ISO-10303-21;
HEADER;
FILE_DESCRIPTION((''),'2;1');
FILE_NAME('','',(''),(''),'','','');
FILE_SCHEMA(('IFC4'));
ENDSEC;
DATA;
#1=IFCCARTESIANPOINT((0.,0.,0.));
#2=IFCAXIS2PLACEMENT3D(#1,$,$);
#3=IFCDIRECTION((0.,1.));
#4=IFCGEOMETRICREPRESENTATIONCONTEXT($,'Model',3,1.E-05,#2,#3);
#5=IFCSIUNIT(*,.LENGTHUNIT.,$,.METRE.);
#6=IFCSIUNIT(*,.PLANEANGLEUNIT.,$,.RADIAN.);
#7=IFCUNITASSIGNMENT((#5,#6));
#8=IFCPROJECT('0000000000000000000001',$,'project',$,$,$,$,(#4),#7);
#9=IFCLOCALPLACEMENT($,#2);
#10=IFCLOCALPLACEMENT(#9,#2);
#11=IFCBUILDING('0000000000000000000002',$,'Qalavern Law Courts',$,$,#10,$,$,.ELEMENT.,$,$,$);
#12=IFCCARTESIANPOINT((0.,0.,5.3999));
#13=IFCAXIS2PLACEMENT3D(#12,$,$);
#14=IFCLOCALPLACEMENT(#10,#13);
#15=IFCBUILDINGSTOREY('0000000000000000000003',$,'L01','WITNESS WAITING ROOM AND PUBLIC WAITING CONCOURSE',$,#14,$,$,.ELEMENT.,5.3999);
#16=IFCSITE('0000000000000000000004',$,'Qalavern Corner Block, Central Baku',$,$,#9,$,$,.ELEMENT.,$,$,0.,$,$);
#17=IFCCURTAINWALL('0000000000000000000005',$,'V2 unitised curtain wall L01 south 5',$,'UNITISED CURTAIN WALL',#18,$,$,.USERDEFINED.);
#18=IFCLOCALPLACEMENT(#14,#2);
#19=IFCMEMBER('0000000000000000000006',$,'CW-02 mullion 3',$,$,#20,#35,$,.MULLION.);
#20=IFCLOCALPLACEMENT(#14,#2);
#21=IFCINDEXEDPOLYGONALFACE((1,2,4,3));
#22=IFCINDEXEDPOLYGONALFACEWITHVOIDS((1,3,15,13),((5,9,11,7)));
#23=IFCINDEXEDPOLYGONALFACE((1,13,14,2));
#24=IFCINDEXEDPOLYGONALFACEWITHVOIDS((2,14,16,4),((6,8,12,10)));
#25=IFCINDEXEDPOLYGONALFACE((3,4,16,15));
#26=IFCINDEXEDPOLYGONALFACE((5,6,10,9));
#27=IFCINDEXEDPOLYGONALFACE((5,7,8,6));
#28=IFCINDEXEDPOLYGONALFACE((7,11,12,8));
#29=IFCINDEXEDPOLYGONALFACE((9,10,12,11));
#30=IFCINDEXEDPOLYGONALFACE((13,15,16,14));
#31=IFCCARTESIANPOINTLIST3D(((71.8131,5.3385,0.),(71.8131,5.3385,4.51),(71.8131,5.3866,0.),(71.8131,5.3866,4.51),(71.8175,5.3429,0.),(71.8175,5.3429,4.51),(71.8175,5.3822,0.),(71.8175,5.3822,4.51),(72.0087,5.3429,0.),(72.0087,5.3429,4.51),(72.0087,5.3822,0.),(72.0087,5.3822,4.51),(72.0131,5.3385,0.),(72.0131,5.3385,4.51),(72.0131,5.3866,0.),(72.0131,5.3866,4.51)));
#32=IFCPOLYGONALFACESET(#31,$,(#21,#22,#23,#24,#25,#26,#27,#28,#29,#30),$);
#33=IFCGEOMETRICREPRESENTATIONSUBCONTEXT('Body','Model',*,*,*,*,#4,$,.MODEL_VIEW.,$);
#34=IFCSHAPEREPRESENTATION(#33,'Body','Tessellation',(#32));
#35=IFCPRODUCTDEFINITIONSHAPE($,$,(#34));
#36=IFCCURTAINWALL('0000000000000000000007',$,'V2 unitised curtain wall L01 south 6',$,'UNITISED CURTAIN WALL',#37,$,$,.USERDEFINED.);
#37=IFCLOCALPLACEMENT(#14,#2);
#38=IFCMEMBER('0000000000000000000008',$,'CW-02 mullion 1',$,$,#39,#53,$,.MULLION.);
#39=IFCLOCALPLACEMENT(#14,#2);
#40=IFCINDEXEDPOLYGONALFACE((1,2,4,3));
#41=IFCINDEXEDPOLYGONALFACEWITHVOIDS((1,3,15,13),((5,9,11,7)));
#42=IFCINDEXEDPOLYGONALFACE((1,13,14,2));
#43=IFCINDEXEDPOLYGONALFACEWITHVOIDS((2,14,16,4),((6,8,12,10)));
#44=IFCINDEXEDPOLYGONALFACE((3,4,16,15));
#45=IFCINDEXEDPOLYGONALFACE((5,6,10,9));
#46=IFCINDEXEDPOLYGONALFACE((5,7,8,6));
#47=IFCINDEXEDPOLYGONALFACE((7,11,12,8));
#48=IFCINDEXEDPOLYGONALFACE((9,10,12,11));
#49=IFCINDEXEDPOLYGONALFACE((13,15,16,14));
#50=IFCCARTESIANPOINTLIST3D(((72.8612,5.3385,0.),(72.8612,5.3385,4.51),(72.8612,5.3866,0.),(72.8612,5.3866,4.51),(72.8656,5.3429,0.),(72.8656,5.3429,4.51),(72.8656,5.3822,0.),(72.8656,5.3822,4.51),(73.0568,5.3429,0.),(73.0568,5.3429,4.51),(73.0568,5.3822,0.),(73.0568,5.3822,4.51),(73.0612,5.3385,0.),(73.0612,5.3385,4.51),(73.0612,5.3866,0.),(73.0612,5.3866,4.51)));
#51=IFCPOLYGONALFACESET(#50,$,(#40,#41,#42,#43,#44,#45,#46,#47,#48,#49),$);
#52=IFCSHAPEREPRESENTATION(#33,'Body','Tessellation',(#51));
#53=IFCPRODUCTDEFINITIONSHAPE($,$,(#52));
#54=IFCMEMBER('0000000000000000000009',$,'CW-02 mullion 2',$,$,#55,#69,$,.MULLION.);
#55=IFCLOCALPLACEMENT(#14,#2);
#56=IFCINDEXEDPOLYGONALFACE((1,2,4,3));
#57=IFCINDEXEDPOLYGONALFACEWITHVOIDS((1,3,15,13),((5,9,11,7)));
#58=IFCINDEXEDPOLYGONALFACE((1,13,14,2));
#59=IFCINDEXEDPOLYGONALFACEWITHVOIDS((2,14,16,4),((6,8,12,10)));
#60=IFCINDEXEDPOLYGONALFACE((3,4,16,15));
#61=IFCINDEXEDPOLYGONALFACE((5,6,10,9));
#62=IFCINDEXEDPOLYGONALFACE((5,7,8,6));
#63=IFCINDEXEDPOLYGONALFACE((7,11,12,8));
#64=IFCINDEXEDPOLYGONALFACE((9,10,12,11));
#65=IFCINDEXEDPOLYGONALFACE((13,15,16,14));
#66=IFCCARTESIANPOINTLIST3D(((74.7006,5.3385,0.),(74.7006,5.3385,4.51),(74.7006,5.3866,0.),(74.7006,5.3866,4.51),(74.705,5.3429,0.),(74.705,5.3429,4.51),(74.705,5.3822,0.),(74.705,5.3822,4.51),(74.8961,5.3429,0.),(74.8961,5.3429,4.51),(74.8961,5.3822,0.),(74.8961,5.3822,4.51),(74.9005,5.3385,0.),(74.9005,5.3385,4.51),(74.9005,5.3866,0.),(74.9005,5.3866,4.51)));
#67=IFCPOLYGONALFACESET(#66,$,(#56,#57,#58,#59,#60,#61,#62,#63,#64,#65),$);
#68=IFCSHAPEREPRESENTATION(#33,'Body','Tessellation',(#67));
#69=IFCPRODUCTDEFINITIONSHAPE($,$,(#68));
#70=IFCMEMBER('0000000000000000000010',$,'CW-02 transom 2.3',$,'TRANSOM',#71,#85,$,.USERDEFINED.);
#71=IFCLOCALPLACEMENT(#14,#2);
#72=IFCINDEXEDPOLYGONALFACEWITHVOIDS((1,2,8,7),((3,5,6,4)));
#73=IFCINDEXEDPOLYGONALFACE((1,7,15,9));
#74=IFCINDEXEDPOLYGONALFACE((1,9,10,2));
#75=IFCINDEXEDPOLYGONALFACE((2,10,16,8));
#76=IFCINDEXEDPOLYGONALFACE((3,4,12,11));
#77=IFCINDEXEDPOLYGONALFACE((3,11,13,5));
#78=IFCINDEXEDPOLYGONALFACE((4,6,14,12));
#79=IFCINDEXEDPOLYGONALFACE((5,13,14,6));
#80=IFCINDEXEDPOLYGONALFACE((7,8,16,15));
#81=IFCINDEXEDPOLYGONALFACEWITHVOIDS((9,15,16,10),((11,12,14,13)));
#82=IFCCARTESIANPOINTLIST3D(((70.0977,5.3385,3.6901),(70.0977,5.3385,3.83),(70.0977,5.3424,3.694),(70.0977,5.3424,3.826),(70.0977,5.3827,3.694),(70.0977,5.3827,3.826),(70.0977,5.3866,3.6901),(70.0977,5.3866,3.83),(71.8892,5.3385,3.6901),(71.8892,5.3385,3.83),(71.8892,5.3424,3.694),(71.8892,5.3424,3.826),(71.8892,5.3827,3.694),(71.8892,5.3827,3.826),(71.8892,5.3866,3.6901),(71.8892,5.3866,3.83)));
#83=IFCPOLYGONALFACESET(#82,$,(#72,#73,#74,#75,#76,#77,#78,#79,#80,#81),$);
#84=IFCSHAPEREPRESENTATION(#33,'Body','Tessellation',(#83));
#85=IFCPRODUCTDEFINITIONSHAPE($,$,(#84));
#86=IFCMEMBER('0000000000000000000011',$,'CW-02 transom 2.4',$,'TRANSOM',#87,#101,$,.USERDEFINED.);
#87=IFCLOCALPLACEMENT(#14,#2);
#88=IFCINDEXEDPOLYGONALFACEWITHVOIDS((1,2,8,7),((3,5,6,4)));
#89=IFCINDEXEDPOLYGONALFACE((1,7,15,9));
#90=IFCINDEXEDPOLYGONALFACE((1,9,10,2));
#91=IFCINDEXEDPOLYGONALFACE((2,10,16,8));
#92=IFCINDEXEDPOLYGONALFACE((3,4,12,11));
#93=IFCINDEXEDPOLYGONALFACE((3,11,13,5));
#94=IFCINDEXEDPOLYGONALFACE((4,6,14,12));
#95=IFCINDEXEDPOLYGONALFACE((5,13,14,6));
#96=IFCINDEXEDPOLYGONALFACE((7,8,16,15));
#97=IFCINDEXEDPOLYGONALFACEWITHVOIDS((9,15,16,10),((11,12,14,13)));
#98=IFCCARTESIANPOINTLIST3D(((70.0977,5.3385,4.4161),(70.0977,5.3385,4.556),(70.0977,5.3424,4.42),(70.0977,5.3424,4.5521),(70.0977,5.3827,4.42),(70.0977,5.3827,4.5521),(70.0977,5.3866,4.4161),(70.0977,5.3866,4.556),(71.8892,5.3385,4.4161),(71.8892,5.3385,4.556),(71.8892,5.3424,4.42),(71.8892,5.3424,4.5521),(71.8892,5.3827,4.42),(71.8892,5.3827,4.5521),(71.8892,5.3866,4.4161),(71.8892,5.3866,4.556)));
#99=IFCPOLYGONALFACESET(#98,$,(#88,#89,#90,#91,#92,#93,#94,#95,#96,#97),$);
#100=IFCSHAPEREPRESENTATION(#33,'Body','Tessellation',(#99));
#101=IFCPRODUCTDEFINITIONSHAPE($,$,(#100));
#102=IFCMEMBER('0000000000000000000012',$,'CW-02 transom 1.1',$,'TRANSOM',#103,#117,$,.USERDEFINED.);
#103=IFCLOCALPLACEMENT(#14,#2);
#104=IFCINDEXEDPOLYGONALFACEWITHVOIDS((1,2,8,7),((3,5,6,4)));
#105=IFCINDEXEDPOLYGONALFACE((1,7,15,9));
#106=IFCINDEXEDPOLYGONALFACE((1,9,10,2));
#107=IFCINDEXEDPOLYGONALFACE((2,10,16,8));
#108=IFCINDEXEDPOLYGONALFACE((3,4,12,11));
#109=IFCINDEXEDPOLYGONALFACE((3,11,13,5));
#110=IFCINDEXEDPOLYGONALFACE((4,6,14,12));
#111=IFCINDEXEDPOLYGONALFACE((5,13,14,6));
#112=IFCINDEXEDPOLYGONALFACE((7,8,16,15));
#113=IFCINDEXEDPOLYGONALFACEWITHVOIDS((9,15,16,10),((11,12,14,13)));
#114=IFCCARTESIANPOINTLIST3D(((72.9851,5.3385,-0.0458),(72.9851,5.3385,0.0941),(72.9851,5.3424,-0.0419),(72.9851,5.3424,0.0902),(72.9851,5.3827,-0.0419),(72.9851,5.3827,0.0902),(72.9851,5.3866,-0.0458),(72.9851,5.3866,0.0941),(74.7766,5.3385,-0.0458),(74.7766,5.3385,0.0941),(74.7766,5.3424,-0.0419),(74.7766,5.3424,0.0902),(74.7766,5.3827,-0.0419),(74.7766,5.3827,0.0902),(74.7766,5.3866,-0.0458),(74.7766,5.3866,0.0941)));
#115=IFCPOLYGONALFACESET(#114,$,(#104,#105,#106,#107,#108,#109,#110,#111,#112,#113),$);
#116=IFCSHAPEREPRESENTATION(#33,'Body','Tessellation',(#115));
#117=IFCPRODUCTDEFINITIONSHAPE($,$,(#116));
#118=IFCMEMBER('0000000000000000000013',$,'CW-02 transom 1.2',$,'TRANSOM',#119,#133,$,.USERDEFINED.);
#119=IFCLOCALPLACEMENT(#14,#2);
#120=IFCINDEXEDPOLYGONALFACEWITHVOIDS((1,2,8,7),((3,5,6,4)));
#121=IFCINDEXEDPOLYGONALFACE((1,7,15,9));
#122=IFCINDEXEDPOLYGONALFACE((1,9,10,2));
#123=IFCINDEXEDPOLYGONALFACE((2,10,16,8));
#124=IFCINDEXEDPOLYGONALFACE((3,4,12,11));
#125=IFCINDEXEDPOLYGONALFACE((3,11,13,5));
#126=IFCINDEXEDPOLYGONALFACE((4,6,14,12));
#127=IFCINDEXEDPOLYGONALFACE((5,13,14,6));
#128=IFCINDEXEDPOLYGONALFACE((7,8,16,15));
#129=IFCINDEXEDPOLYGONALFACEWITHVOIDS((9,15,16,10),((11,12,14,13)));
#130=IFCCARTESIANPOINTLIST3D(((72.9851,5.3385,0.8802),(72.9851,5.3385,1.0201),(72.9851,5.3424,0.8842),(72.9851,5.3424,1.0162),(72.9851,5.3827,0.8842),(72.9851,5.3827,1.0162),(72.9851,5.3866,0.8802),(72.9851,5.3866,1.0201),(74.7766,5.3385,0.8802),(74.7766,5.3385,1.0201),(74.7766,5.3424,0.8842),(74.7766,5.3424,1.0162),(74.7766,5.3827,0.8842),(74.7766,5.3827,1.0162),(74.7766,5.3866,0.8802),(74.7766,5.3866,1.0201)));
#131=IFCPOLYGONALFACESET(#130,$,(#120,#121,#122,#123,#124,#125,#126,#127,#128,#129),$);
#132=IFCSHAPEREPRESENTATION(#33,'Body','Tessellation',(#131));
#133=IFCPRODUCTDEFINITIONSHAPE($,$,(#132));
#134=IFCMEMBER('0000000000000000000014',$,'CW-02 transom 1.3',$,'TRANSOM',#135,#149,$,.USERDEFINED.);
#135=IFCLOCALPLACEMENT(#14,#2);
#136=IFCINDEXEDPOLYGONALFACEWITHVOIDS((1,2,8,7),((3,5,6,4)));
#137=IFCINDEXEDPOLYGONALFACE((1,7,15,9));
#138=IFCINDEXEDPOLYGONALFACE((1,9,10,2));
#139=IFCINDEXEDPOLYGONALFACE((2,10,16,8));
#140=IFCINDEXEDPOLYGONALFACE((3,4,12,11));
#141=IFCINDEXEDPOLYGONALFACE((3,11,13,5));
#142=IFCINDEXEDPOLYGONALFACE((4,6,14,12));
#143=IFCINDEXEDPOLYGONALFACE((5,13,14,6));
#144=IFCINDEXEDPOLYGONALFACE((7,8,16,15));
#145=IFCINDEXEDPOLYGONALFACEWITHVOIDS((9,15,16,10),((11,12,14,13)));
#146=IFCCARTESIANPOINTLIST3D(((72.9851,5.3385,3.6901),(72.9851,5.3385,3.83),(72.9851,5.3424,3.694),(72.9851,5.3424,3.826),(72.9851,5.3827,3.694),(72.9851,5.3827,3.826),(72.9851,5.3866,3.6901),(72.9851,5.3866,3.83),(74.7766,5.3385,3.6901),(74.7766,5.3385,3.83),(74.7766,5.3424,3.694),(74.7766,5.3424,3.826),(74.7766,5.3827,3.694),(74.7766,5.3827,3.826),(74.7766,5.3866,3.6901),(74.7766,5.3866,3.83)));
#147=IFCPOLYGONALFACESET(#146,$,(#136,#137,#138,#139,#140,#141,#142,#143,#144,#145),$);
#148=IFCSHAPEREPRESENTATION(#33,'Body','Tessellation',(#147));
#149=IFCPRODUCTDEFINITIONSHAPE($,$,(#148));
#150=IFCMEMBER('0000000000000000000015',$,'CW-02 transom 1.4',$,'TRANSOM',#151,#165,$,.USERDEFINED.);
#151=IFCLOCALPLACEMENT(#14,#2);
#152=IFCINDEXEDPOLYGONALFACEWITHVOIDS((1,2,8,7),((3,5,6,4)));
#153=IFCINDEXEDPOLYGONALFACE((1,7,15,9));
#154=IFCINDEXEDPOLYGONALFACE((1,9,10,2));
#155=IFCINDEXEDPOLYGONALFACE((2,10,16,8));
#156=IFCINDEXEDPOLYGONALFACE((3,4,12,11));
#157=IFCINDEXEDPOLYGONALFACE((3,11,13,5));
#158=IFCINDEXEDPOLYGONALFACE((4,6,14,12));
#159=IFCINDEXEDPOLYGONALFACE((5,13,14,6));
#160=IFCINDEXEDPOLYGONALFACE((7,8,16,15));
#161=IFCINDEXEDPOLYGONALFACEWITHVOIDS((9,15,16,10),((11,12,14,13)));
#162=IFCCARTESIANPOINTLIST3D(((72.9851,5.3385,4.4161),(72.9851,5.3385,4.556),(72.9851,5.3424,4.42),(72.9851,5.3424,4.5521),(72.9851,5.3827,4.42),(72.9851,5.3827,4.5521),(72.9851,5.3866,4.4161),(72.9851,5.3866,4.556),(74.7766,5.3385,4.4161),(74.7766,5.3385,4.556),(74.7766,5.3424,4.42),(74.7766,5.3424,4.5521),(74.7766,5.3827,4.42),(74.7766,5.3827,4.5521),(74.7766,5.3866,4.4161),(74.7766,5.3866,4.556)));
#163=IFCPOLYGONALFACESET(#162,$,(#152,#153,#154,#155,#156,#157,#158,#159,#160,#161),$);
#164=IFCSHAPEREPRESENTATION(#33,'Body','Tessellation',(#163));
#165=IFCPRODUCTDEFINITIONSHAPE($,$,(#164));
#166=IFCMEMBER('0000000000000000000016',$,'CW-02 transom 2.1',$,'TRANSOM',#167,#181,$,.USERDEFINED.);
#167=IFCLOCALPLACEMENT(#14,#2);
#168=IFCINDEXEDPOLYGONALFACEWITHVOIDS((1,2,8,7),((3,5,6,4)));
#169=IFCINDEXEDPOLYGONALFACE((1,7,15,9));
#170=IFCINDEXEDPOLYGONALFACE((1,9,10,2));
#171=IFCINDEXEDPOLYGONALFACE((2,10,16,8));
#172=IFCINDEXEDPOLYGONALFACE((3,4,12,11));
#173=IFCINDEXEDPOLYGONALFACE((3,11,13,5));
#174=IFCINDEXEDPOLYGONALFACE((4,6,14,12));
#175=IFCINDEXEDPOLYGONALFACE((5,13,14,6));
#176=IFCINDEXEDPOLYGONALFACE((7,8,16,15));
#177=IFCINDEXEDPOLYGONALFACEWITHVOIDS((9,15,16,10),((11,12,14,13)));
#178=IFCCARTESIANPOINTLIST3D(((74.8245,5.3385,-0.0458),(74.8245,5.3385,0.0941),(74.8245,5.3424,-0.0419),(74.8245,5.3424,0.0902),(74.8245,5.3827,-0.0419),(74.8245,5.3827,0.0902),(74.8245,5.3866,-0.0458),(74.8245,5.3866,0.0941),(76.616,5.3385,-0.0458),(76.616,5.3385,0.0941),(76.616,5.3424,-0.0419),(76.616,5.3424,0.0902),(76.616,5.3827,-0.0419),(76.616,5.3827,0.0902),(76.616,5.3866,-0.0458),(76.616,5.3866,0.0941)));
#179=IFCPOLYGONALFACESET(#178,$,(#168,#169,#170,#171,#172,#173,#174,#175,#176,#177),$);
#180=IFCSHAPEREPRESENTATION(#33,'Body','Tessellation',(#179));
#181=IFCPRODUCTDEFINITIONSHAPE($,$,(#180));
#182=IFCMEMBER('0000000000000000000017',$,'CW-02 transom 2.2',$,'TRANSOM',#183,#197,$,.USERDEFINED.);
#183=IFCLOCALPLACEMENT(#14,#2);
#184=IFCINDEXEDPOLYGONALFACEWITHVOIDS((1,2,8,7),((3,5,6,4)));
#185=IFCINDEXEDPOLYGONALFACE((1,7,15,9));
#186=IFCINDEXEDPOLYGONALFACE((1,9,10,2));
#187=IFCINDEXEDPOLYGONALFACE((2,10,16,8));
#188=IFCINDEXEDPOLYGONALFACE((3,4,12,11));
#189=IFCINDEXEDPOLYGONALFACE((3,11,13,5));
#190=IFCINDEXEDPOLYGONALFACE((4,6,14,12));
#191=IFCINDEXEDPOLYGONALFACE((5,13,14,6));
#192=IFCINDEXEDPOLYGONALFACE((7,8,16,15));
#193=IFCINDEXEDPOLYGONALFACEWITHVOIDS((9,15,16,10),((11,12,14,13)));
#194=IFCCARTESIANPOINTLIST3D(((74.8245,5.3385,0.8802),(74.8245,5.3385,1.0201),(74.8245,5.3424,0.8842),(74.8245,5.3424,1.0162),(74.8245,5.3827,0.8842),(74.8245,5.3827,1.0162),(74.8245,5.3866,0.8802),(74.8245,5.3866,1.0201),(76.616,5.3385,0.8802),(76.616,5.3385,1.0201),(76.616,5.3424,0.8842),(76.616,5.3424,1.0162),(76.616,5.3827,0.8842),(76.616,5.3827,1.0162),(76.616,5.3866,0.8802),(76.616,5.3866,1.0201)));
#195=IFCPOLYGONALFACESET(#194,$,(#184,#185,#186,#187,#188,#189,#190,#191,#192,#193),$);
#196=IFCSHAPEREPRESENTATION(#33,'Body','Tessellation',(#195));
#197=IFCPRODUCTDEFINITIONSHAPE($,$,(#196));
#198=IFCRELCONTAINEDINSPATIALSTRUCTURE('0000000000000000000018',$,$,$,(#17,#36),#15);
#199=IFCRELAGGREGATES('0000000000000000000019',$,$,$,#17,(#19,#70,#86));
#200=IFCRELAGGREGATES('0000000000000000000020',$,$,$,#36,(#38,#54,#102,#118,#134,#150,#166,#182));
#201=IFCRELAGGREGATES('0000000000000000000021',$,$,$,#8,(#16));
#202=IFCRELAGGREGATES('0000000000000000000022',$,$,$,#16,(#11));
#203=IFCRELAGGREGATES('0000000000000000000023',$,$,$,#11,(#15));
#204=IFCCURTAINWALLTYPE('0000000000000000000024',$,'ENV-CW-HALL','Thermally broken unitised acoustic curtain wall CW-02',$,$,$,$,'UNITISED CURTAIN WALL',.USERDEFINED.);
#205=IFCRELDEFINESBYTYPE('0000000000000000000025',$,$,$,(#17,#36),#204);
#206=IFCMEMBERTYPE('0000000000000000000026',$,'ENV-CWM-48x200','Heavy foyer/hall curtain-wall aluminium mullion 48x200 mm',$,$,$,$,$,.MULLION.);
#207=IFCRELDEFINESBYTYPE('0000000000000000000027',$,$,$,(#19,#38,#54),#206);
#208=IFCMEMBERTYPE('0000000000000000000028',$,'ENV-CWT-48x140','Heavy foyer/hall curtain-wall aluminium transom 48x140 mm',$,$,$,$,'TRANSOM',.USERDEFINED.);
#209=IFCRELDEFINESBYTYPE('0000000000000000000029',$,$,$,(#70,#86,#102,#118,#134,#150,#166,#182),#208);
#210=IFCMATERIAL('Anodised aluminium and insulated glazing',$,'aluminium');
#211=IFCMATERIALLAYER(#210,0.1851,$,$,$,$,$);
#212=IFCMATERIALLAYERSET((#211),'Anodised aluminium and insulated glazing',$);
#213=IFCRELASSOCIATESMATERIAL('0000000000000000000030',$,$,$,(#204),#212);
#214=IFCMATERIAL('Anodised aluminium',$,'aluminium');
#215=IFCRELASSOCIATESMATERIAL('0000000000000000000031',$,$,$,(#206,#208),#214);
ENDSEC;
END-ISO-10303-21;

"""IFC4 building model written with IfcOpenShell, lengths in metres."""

from ifc_helpers import new_model, si_unit, direction, frame, origin, origin_2d, place, context, subcontext, project, spatial, hollow_rectangle, extrude, material, layer, layer_set, material_profile, profile_set, type_object, element, aggregate, save


model = new_model("IFC4")

# Units and contexts
model_context = context("Model", 3, precision=1e-05, world=origin(), true_north=direction((0.0, 1.0)))
body_context = subcontext(model_context, "Body", "Model", "MODEL_VIEW")
ifc_project = project(units=[si_unit("LENGTHUNIT", "METRE"), si_unit("PLANEANGLEUNIT", "RADIAN")], contexts=[model_context])

# Site, building, storey
site_placement = place(None, origin())
site = spatial("IfcSite", under=ifc_project, at=site_placement, Name="Qalavern Corner Block, Central Baku", CompositionType="ELEMENT", RefElevation=0.0)
building_placement = place(site_placement, origin())
building = spatial("IfcBuilding", under=site, at=building_placement, Name="Qalavern Law Courts", CompositionType="ELEMENT")
storey_placement = place(building_placement, frame((0.0, 0.0, 5.3999)))
storey = spatial("IfcBuildingStorey", under=building, at=storey_placement, Name="L01", Description="WITNESS WAITING ROOM AND PUBLIC WAITING CONCOURSE", CompositionType="ELEMENT", Elevation=5.3999)

# Curtain wall, member
ifc_material_1 = material(Name="Anodised aluminium and insulated glazing", Category="aluminium")
ifc_layer_1 = layer(ifc_material_1, 0.1851)
ifc_layer_set_1 = layer_set([ifc_layer_1], Name="Anodised aluminium and insulated glazing")
curtain_wall_type = type_object("IfcCurtainWallType", Name="ENV-CW-HALL", Description="Thermally broken unitised acoustic curtain wall CW-02", ElementType="UNITISED CURTAIN WALL", PredefinedType="USERDEFINED", material=ifc_layer_set_1)
curtain_wall_1_placement = place(storey_placement, origin())
curtain_wall_1 = element("IfcCurtainWall", 1, at=curtain_wall_1_placement, inside=storey, type_object=curtain_wall_type, Name="V2 unitised curtain wall L01 south 5", ObjectType="UNITISED CURTAIN WALL", PredefinedType="USERDEFINED")
ifc_material_2 = material(Name="Anodised aluminium", Category="aluminium")
ifc_material_profile_1 = material_profile(ifc_material_2, hollow_rectangle(XDim=0.0481, YDim=0.2, WallThickness=0.0044, at=origin_2d()), Name="ALU MULLION 48x200")
ifc_profile_set_1 = profile_set([ifc_material_profile_1], Name="Anodised aluminium")
member_type_1 = type_object("IfcMemberType", Name="ENV-CWM-48x200", Description="Heavy foyer/hall curtain-wall aluminium mullion 48x200 mm", PredefinedType="MULLION", material=ifc_profile_set_1)
member_1_placement = place(storey_placement, frame((71.9131, 5.3625, 0.0), z_axis=(0.0, 0.0, 1.0), x_axis=(0.0, 1.0, 0.0)))
member_1 = element("IfcMember", 2, at=member_1_placement, type_object=member_type_1, Name="CW-02 mullion 3", PredefinedType="MULLION", context=body_context, shape_type="SweptSolid", body=[
    extrude(hollow_rectangle(XDim=0.0481, YDim=0.2, WallThickness=0.0044, at=origin_2d()), origin(), (0.0, 0.0, 1.0), 4.51),
])

# Curtain wall, members
curtain_wall_2_placement = place(storey_placement, origin())
curtain_wall_2 = element("IfcCurtainWall", 3, at=curtain_wall_2_placement, inside=storey, type_object=curtain_wall_type, Name="V2 unitised curtain wall L01 south 6", ObjectType="UNITISED CURTAIN WALL", PredefinedType="USERDEFINED")
member_2_placement = place(storey_placement, frame((72.9612, 5.3625, 0.0), z_axis=(0.0, 0.0, 1.0), x_axis=(0.0, 1.0, 0.0)))
member_2 = element("IfcMember", 4, at=member_2_placement, type_object=member_type_1, Name="CW-02 mullion 1", PredefinedType="MULLION", context=body_context, shape_type="SweptSolid", body=[
    extrude(hollow_rectangle(XDim=0.0481, YDim=0.2, WallThickness=0.0044, at=origin_2d()), origin(), (0.0, 0.0, 1.0), 4.51),
])
member_3_placement = place(storey_placement, frame((74.8005, 5.3625, 0.0), z_axis=(0.0, 0.0, 1.0), x_axis=(0.0, 1.0, 0.0)))
member_3 = element("IfcMember", 5, at=member_3_placement, type_object=member_type_1, Name="CW-02 mullion 2", PredefinedType="MULLION", context=body_context, shape_type="SweptSolid", body=[
    extrude(hollow_rectangle(XDim=0.0481, YDim=0.2, WallThickness=0.0044, at=origin_2d()), origin(), (0.0, 0.0, 1.0), 4.51),
])

# Members
ifc_material_profile_2 = material_profile(ifc_material_2, hollow_rectangle(XDim=0.0481, YDim=0.1399, WallThickness=0.0039, at=origin_2d()), Name="ALU TRANSOM 48x140")
ifc_profile_set_2 = profile_set([ifc_material_profile_2], Name="Anodised aluminium")
member_type_2 = type_object("IfcMemberType", Name="ENV-CWT-48x140", Description="Heavy foyer/hall curtain-wall aluminium transom 48x140 mm", ElementType="TRANSOM", PredefinedType="USERDEFINED", material=ifc_profile_set_2)
member_4_placement = place(storey_placement, frame((70.0977, 5.3625, 3.76), z_axis=(1.0, 0.0, 0.0), x_axis=(0.0, 1.0, 0.0)))
member_4 = element("IfcMember", 6, at=member_4_placement, type_object=member_type_2, Name="CW-02 transom 2.3", ObjectType="TRANSOM", PredefinedType="USERDEFINED", context=body_context, shape_type="SweptSolid", body=[
    extrude(hollow_rectangle(XDim=0.0481, YDim=0.1399, WallThickness=0.0039, at=origin_2d()), origin(), (0.0, 0.0, 1.0), 1.7915),
])
member_5_placement = place(storey_placement, frame((70.0977, 5.3625, 4.4861), z_axis=(1.0, 0.0, 0.0), x_axis=(0.0, 1.0, 0.0)))
member_5 = element("IfcMember", 7, at=member_5_placement, type_object=member_type_2, Name="CW-02 transom 2.4", ObjectType="TRANSOM", PredefinedType="USERDEFINED", context=body_context, shape_type="SweptSolid", body=[
    extrude(hollow_rectangle(XDim=0.0481, YDim=0.1399, WallThickness=0.0039, at=origin_2d()), origin(), (0.0, 0.0, 1.0), 1.7915),
])
member_6_placement = place(storey_placement, frame((72.9851, 5.3625, 0.0242), z_axis=(1.0, 0.0, 0.0), x_axis=(0.0, 1.0, 0.0)))
member_6 = element("IfcMember", 8, at=member_6_placement, type_object=member_type_2, Name="CW-02 transom 1.1", ObjectType="TRANSOM", PredefinedType="USERDEFINED", context=body_context, shape_type="SweptSolid", body=[
    extrude(hollow_rectangle(XDim=0.0481, YDim=0.1399, WallThickness=0.0039, at=origin_2d()), origin(), (0.0, 0.0, 1.0), 1.7915),
])
member_7_placement = place(storey_placement, frame((72.9851, 5.3625, 0.9502), z_axis=(1.0, 0.0, 0.0), x_axis=(0.0, 1.0, 0.0)))
member_7 = element("IfcMember", 9, at=member_7_placement, type_object=member_type_2, Name="CW-02 transom 1.2", ObjectType="TRANSOM", PredefinedType="USERDEFINED", context=body_context, shape_type="SweptSolid", body=[
    extrude(hollow_rectangle(XDim=0.0481, YDim=0.1399, WallThickness=0.0039, at=origin_2d()), origin(), (0.0, 0.0, 1.0), 1.7915),
])
member_8_placement = place(storey_placement, frame((72.9851, 5.3625, 3.76), z_axis=(1.0, 0.0, 0.0), x_axis=(0.0, 1.0, 0.0)))
member_8 = element("IfcMember", 10, at=member_8_placement, type_object=member_type_2, Name="CW-02 transom 1.3", ObjectType="TRANSOM", PredefinedType="USERDEFINED", context=body_context, shape_type="SweptSolid", body=[
    extrude(hollow_rectangle(XDim=0.0481, YDim=0.1399, WallThickness=0.0039, at=origin_2d()), origin(), (0.0, 0.0, 1.0), 1.7915),
])
member_9_placement = place(storey_placement, frame((72.9851, 5.3625, 4.4861), z_axis=(1.0, 0.0, 0.0), x_axis=(0.0, 1.0, 0.0)))
member_9 = element("IfcMember", 11, at=member_9_placement, type_object=member_type_2, Name="CW-02 transom 1.4", ObjectType="TRANSOM", PredefinedType="USERDEFINED", context=body_context, shape_type="SweptSolid", body=[
    extrude(hollow_rectangle(XDim=0.0481, YDim=0.1399, WallThickness=0.0039, at=origin_2d()), origin(), (0.0, 0.0, 1.0), 1.7915),
])
member_10_placement = place(storey_placement, frame((74.8245, 5.3625, 0.0242), z_axis=(1.0, 0.0, 0.0), x_axis=(0.0, 1.0, 0.0)))
member_10 = element("IfcMember", 12, at=member_10_placement, type_object=member_type_2, Name="CW-02 transom 2.1", ObjectType="TRANSOM", PredefinedType="USERDEFINED", context=body_context, shape_type="SweptSolid", body=[
    extrude(hollow_rectangle(XDim=0.0481, YDim=0.1399, WallThickness=0.0039, at=origin_2d()), origin(), (0.0, 0.0, 1.0), 1.7915),
])
member_11_placement = place(storey_placement, frame((74.8245, 5.3625, 0.9502), z_axis=(1.0, 0.0, 0.0), x_axis=(0.0, 1.0, 0.0)))
member_11 = element("IfcMember", 13, at=member_11_placement, type_object=member_type_2, Name="CW-02 transom 2.2", ObjectType="TRANSOM", PredefinedType="USERDEFINED", context=body_context, shape_type="SweptSolid", body=[
    extrude(hollow_rectangle(XDim=0.0481, YDim=0.1399, WallThickness=0.0039, at=origin_2d()), origin(), (0.0, 0.0, 1.0), 1.7915),
])

aggregate(curtain_wall_1, [member_1, member_4, member_5])
aggregate(curtain_wall_2, [member_2, member_3, member_6, member_7, member_8, member_9, member_10, member_11])

save(model, "model.ifc")
